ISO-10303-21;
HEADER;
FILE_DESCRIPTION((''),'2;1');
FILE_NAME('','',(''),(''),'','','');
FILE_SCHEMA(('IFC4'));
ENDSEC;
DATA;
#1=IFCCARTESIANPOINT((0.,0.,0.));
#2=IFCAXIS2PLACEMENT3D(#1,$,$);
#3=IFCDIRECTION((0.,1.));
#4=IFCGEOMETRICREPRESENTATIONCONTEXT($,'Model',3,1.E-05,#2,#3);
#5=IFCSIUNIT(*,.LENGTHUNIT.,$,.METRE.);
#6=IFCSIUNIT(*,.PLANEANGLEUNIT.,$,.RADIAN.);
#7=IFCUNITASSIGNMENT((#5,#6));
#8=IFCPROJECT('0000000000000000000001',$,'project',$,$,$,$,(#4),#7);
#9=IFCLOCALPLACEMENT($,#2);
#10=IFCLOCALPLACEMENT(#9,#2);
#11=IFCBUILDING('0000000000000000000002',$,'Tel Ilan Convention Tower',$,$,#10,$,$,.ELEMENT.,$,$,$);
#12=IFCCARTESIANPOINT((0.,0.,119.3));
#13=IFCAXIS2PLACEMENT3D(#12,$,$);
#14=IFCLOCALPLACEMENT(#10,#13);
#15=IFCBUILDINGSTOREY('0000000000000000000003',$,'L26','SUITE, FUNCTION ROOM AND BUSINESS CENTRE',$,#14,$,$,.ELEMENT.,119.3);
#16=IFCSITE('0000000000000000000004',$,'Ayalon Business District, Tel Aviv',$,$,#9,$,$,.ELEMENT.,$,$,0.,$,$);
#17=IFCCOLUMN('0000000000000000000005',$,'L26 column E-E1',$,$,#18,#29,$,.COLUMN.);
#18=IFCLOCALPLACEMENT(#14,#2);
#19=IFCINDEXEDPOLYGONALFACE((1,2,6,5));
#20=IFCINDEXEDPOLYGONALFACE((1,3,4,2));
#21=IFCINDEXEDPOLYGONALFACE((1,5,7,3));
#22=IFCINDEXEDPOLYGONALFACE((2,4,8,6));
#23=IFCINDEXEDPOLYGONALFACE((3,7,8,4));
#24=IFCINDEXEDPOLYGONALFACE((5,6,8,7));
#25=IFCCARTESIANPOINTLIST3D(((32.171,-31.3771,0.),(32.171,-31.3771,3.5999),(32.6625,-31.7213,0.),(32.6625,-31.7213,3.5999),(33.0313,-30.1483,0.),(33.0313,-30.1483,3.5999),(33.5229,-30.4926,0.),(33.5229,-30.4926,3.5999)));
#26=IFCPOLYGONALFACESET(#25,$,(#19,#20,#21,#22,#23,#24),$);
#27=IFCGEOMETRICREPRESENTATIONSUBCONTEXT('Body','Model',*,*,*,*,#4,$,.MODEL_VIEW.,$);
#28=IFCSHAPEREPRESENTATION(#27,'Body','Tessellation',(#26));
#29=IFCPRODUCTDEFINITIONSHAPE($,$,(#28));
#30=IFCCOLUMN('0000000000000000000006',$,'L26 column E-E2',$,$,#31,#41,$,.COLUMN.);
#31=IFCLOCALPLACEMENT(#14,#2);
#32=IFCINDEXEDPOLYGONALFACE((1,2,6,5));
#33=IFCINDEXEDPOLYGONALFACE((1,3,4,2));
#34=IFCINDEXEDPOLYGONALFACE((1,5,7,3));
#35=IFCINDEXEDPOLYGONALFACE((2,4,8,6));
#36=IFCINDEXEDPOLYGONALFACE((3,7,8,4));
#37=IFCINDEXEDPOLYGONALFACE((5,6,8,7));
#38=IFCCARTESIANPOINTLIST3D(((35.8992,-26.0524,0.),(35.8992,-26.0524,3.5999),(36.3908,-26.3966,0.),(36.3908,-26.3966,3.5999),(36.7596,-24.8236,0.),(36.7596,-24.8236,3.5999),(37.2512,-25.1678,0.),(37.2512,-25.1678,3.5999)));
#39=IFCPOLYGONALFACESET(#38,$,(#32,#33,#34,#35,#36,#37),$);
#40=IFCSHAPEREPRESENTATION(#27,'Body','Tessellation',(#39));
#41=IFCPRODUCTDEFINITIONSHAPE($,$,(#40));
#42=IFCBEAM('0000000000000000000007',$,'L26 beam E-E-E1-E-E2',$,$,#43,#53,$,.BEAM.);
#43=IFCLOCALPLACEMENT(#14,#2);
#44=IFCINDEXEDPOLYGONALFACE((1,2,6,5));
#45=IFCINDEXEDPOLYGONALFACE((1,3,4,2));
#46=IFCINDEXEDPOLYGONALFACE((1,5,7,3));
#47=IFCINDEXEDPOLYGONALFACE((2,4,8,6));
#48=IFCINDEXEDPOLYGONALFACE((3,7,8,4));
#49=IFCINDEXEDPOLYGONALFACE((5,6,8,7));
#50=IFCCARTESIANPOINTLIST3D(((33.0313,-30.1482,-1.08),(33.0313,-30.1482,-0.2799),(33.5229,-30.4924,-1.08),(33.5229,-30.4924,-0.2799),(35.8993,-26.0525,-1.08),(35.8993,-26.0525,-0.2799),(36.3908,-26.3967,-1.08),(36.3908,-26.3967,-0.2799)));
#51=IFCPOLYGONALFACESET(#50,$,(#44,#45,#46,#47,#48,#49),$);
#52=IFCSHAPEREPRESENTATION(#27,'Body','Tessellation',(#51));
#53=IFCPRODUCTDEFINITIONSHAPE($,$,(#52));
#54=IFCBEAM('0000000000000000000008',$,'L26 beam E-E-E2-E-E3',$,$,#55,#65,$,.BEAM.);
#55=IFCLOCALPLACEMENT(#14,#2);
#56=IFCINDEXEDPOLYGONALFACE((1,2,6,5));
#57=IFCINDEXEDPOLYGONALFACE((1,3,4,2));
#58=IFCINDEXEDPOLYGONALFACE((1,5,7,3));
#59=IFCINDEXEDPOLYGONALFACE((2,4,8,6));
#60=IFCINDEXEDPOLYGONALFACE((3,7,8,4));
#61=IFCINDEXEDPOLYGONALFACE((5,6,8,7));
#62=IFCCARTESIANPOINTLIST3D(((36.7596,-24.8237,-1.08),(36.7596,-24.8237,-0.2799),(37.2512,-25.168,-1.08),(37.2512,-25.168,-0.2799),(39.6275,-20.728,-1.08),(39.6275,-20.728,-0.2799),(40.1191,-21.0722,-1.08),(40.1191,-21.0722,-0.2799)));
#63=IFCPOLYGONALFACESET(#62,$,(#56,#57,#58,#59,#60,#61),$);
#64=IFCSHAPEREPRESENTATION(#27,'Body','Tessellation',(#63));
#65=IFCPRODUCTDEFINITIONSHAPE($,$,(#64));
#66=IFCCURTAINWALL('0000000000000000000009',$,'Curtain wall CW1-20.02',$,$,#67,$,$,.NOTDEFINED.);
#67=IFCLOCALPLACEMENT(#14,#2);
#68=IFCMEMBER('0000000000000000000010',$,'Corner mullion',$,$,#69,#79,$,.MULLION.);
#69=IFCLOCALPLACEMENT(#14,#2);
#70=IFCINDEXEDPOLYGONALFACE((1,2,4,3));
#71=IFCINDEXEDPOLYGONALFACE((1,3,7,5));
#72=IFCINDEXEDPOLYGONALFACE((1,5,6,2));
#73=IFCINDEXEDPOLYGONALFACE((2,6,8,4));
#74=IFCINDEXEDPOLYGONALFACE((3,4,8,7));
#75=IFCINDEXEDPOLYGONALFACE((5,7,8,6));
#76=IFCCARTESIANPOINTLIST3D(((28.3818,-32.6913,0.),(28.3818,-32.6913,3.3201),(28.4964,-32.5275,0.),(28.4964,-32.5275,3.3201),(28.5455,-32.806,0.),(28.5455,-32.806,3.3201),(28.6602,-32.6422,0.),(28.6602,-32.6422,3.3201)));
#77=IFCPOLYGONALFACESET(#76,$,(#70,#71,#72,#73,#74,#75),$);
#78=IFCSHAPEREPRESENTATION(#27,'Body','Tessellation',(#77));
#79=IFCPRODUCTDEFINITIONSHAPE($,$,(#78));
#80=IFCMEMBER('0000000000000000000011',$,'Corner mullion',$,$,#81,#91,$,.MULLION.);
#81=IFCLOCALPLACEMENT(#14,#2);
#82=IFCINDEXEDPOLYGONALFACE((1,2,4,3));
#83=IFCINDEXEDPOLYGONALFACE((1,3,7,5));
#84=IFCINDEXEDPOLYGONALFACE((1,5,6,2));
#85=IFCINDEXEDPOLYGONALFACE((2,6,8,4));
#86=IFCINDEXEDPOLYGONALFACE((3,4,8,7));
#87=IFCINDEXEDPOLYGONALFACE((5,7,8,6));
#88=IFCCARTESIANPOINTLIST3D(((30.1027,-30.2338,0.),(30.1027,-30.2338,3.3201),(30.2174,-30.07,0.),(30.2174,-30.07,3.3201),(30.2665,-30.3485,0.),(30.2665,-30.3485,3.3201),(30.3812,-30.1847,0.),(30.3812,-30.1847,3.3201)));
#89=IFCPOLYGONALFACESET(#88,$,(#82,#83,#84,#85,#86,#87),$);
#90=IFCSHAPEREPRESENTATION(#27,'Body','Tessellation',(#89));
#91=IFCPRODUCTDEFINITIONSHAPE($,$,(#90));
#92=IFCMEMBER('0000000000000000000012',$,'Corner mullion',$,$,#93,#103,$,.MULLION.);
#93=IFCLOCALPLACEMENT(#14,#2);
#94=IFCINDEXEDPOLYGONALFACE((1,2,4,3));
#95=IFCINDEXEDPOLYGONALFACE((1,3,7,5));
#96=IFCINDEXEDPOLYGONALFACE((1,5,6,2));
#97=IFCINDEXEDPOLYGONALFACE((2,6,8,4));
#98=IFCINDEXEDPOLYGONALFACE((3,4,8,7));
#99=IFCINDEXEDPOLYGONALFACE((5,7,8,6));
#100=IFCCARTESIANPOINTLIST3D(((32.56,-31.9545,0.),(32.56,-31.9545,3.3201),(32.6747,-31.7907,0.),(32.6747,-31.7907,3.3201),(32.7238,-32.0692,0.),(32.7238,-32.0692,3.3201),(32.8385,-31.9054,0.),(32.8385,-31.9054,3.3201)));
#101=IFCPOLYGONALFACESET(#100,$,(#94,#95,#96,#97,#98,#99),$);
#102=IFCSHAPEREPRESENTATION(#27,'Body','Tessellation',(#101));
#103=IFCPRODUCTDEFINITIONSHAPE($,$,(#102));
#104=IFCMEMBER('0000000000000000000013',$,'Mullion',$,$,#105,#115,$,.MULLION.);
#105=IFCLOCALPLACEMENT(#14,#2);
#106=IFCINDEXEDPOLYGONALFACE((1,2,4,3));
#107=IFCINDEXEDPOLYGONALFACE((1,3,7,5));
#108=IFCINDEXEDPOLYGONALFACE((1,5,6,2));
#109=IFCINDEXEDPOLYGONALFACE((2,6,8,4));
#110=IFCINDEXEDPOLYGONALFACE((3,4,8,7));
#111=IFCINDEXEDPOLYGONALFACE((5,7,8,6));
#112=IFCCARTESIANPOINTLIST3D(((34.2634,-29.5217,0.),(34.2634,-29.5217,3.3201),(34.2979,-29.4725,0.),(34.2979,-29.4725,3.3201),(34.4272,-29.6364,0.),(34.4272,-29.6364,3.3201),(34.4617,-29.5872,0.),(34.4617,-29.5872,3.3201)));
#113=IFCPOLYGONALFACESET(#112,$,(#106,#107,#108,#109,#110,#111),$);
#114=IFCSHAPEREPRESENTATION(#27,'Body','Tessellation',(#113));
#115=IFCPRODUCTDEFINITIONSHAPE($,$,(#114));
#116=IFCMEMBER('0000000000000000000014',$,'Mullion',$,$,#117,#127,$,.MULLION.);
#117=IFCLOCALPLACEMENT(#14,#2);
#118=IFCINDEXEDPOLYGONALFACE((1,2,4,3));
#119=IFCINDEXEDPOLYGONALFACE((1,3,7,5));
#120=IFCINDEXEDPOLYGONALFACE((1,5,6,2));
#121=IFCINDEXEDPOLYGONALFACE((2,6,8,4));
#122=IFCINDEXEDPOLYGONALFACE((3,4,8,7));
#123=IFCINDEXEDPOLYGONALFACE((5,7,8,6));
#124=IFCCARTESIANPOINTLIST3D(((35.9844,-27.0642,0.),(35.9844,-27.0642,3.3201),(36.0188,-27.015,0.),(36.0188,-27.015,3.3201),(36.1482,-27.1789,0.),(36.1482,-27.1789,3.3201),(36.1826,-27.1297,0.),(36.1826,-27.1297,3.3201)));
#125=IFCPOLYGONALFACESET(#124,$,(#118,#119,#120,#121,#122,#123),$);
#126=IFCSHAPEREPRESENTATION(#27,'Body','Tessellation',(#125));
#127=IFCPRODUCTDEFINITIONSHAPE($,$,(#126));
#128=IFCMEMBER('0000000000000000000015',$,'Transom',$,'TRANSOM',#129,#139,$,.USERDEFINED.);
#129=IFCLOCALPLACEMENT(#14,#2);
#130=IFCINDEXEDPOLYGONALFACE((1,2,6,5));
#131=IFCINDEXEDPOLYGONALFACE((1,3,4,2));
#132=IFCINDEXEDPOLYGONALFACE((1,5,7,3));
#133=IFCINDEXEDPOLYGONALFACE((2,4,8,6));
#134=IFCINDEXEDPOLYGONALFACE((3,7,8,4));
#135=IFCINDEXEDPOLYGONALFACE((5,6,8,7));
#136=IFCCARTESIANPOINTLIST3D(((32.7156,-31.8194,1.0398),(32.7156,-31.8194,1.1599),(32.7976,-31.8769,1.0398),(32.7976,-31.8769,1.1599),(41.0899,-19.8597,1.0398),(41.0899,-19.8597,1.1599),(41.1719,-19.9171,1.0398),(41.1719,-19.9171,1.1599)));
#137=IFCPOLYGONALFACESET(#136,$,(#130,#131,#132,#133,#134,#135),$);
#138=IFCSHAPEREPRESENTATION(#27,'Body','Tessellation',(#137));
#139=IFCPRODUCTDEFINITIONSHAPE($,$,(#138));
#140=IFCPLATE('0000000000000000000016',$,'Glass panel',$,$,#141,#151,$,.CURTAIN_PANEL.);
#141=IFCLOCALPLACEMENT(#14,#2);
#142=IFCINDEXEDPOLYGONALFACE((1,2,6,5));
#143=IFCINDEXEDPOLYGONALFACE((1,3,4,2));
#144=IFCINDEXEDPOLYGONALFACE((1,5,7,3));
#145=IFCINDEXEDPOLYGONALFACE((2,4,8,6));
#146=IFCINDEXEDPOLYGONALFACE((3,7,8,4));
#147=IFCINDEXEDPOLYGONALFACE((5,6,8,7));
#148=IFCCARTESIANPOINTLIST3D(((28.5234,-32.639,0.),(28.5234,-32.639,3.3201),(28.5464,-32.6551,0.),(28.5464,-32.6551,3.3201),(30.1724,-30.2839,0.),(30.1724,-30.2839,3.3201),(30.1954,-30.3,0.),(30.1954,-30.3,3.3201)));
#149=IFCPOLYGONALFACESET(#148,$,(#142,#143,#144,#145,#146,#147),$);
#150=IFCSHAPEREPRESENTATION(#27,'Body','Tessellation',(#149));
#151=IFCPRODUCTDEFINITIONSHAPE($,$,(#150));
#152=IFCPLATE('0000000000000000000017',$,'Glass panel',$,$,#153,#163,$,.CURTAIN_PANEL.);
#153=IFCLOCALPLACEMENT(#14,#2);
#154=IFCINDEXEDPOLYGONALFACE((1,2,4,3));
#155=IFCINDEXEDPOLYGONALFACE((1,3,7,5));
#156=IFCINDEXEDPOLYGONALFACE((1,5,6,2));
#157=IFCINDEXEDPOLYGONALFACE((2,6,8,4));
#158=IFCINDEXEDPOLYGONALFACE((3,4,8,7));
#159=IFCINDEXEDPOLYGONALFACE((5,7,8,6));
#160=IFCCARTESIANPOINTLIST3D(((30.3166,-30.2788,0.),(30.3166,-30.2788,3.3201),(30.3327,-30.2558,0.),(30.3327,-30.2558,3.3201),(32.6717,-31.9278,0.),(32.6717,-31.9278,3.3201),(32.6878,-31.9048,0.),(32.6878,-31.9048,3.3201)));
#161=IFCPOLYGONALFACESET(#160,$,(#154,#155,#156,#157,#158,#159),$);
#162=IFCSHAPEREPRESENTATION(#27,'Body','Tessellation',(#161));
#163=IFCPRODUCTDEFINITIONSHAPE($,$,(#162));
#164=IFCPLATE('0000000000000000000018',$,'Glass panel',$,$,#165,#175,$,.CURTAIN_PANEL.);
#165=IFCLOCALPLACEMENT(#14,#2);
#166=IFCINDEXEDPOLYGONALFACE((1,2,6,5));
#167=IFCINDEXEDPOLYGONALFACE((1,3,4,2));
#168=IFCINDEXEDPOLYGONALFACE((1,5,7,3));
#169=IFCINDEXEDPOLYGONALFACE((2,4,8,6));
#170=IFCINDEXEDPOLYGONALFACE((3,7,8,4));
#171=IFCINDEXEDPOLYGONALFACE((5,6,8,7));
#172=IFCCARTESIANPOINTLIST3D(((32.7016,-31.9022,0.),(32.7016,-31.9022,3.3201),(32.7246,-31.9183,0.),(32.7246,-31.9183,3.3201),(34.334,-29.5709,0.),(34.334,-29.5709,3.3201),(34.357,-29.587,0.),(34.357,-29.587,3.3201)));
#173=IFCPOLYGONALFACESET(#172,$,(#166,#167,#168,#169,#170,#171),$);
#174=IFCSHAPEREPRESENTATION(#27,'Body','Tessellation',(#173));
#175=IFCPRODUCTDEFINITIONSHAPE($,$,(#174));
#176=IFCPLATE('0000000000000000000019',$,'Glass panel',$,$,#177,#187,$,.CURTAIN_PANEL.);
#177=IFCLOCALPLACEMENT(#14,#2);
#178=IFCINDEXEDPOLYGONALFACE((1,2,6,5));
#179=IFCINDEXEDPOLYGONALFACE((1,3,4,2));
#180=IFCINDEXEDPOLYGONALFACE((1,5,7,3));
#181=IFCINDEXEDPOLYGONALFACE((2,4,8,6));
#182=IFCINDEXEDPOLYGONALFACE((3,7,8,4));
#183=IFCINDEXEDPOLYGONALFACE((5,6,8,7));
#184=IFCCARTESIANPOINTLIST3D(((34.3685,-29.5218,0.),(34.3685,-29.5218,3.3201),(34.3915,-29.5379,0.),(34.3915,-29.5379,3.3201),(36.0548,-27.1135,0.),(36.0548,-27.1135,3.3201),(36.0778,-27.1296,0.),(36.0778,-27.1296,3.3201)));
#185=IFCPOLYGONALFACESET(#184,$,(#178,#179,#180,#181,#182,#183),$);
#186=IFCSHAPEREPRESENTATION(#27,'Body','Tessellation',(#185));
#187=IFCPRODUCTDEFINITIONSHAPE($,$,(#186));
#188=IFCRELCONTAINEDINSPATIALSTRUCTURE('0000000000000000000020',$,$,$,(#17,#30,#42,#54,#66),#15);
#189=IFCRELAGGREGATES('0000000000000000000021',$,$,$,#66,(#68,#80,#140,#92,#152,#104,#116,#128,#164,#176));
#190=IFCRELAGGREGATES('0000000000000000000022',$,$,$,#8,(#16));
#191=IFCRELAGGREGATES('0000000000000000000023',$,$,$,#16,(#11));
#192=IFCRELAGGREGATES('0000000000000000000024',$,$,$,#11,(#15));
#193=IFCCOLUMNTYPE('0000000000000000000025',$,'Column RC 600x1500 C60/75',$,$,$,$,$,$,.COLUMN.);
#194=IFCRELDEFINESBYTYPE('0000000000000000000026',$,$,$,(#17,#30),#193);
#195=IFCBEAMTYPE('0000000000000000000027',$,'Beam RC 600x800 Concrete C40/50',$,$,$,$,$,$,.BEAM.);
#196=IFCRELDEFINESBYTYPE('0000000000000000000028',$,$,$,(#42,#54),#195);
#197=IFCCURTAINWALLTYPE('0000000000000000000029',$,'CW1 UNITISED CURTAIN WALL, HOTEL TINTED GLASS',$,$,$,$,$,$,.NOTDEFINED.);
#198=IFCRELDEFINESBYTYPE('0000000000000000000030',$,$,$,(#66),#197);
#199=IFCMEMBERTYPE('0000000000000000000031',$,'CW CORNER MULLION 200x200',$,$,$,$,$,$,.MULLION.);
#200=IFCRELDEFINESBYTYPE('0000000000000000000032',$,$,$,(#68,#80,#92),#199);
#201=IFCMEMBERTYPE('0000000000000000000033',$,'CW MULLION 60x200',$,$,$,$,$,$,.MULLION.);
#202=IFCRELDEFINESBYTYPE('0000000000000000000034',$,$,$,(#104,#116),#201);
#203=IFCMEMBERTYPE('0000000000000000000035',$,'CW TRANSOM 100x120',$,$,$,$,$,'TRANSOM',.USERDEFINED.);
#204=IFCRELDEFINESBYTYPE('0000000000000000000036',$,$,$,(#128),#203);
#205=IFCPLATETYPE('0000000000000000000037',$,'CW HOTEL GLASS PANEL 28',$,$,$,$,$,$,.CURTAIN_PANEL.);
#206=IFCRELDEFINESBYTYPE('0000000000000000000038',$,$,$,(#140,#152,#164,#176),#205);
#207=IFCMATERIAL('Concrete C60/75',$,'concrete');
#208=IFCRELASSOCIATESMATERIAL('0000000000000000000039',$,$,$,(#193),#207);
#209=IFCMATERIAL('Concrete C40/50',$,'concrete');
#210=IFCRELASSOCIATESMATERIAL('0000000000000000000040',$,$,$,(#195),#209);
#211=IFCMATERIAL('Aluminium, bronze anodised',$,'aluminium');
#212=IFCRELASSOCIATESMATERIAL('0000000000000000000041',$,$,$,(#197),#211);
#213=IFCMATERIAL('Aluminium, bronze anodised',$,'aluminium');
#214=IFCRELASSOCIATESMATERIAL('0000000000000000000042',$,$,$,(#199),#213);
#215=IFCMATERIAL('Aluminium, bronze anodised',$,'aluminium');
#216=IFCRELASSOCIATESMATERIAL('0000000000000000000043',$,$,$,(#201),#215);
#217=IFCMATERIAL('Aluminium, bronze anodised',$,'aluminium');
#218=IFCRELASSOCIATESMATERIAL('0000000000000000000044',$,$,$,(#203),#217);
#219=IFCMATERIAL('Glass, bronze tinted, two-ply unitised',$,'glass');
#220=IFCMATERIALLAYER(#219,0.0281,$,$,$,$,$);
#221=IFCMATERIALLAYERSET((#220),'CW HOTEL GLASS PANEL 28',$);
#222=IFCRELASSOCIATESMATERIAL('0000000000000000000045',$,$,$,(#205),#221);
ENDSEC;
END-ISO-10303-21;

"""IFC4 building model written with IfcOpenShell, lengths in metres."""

from ifc_helpers import new_model, si_unit, direction, frame, origin, origin_2d, place, context, subcontext, project, spatial, rectangle, extrude, material, layer, layer_set, material_profile, profile_set, type_object, element, aggregate, save


model = new_model("IFC4")

# Units and contexts
model_context = context("Model", 3, precision=1e-05, world=origin(), true_north=direction((0.0, 1.0)))
body_context = subcontext(model_context, "Body", "Model", "MODEL_VIEW")
ifc_project = project(units=[si_unit("LENGTHUNIT", "METRE"), si_unit("PLANEANGLEUNIT", "RADIAN")], contexts=[model_context])

# Site, building, storey
site_placement = place(None, origin())
site = spatial("IfcSite", under=ifc_project, at=site_placement, Name="Ayalon Business District, Tel Aviv", CompositionType="ELEMENT", RefElevation=0.0)
building_placement = place(site_placement, origin())
building = spatial("IfcBuilding", under=site, at=building_placement, Name="Tel Ilan Convention Tower", CompositionType="ELEMENT")
storey_placement = place(building_placement, frame((0.0, 0.0, 119.3)))
storey = spatial("IfcBuildingStorey", under=building, at=storey_placement, Name="L26", Description="SUITE, FUNCTION ROOM AND BUSINESS CENTRE", CompositionType="ELEMENT", Elevation=119.3)

# Columns
ifc_material_1 = material(Name="Concrete C60/75", Category="concrete")
ifc_material_profile_1 = material_profile(ifc_material_1, rectangle(XDim=1.5, YDim=0.6001, at=origin_2d()), Name="RC 600x1500")
ifc_profile_set_1 = profile_set([ifc_material_profile_1], Name="Concrete C60/75")
column_type = type_object("IfcColumnType", Name="Column RC 600x1500 C60/75", PredefinedType="COLUMN", material=ifc_profile_set_1)
for number, where, z_axis, x_axis, name in (
    (1, (32.8469, -30.9348, 0.0), (0.0, 0.0, 1.0), (0.573576, 0.819152, 0.0), "L26 column E-E1"),
    (2, (36.5752, -25.6101, 0.0), (0.0, 0.0, 1.0), (0.573576, 0.819152, 0.0), "L26 column E-E2"),
):
    element("IfcColumn", number, at=place(storey_placement, frame(where, z_axis=z_axis, x_axis=x_axis)), inside=storey, type_object=column_type, Name=name, PredefinedType="COLUMN", context=body_context, shape_type="SweptSolid", body=[
        extrude(rectangle(XDim=1.5, YDim=0.6001, at=origin_2d()), origin(), (0.0, 0.0, 1.0), 3.5999),
    ])

# Beams
ifc_material_2 = material(Name="Concrete C40/50", Category="concrete")
ifc_material_profile_2 = material_profile(ifc_material_2, rectangle(XDim=0.6001, YDim=0.8, at=origin_2d()), Name="RC 600x800")
ifc_profile_set_2 = profile_set([ifc_material_profile_2], Name="Concrete C40/50")
beam_type = type_object("IfcBeamType", Name="Beam RC 600x800 Concrete C40/50", PredefinedType="BEAM", material=ifc_profile_set_2)
for number, where, z_axis, x_axis, name in (
    (3, (33.2771, -30.3203, -0.6799), (0.573587, 0.819145, 0.0), (-0.819145, 0.573587, 0.0), "L26 beam E-E-E1-E-E2"),
    (4, (37.0054, -24.9958, -0.6799), (0.573587, 0.819145, 0.0), (-0.819145, 0.573587, 0.0), "L26 beam E-E-E2-E-E3"),
):
    element("IfcBeam", number, at=place(storey_placement, frame(where, z_axis=z_axis, x_axis=x_axis)), inside=storey, type_object=beam_type, Name=name, PredefinedType="BEAM", context=body_context, shape_type="SweptSolid", body=[
        extrude(rectangle(XDim=0.6001, YDim=0.8, at=origin_2d()), origin(), (0.0, 0.0, 1.0), 5.0),
    ])

# Curtain wall, members, plates
ifc_material_3 = material(Name="Aluminium, bronze anodised", Category="aluminium")
curtain_wall_type = type_object("IfcCurtainWallType", Name="CW1 UNITISED CURTAIN WALL, HOTEL TINTED GLASS", PredefinedType="NOTDEFINED", material=ifc_material_3)
curtain_wall_placement = place(storey_placement, origin())
curtain_wall = element("IfcCurtainWall", 5, at=curtain_wall_placement, inside=storey, type_object=curtain_wall_type, Name="Curtain wall CW1-20.02", PredefinedType="NOTDEFINED")
ifc_material_4 = material(Name="Aluminium, bronze anodised", Category="aluminium")
ifc_material_profile_3 = material_profile(ifc_material_4, rectangle(XDim=0.2, YDim=0.2, at=origin_2d()), Name="CW CORNER MULLION 200x200")
ifc_profile_set_3 = profile_set([ifc_material_profile_3], Name="Aluminium, bronze anodised")
member_type_1 = type_object("IfcMemberType", Name="CW CORNER MULLION 200x200", PredefinedType="MULLION", material=ifc_profile_set_3)
member_1_placement = place(storey_placement, frame((28.521, -32.6667, 0.0), z_axis=(0.0, 0.0, 1.0), x_axis=(0.819152, -0.573576, 0.0)))
member_1 = element("IfcMember", 6, at=member_1_placement, type_object=member_type_1, Name="Corner mullion", PredefinedType="MULLION", context=body_context, shape_type="SweptSolid", body=[
    extrude(rectangle(XDim=0.2, YDim=0.2, at=origin_2d()), origin(), (0.0, 0.0, 1.0), 3.3201),
])
member_2_placement = place(storey_placement, frame((30.2419, -30.2092, 0.0), z_axis=(0.0, 0.0, 1.0), x_axis=(0.573576, 0.819152, 0.0)))
member_2 = element("IfcMember", 7, at=member_2_placement, type_object=member_type_1, Name="Corner mullion", PredefinedType="MULLION", context=body_context, shape_type="SweptSolid", body=[
    extrude(rectangle(XDim=0.2, YDim=0.2, at=origin_2d()), origin(), (0.0, 0.0, 1.0), 3.3201),
])
member_3_placement = place(storey_placement, frame((32.6992, -31.9299, 0.0), z_axis=(0.0, 0.0, 1.0), x_axis=(0.819152, -0.573576, 0.0)))
member_3 = element("IfcMember", 8, at=member_3_placement, type_object=member_type_1, Name="Corner mullion", PredefinedType="MULLION", context=body_context, shape_type="SweptSolid", body=[
    extrude(rectangle(XDim=0.2, YDim=0.2, at=origin_2d()), origin(), (0.0, 0.0, 1.0), 3.3201),
])
ifc_material_5 = material(Name="Aluminium, bronze anodised", Category="aluminium")
ifc_material_profile_4 = material_profile(ifc_material_5, rectangle(XDim=0.0601, YDim=0.2, at=origin_2d()), Name="CW MULLION 60x200")
ifc_profile_set_4 = profile_set([ifc_material_profile_4], Name="Aluminium, bronze anodised")
member_type_2 = type_object("IfcMemberType", Name="CW MULLION 60x200", PredefinedType="MULLION", material=ifc_profile_set_4)
member_4_placement = place(storey_placement, frame((34.3625, -29.5544, 0.0), z_axis=(0.0, 0.0, 1.0), x_axis=(0.573576, 0.819152, 0.0)))
member_4 = element("IfcMember", 9, at=member_4_placement, type_object=member_type_2, Name="Mullion", PredefinedType="MULLION", context=body_context, shape_type="SweptSolid", body=[
    extrude(rectangle(XDim=0.0601, YDim=0.2, at=origin_2d()), origin(), (0.0, 0.0, 1.0), 3.3201),
])
member_5_placement = place(storey_placement, frame((36.0835, -27.0969, 0.0), z_axis=(0.0, 0.0, 1.0), x_axis=(0.573576, 0.819152, 0.0)))
member_5 = element("IfcMember", 10, at=member_5_placement, type_object=member_type_2, Name="Mullion", PredefinedType="MULLION", context=body_context, shape_type="SweptSolid", body=[
    extrude(rectangle(XDim=0.0601, YDim=0.2, at=origin_2d()), origin(), (0.0, 0.0, 1.0), 3.3201),
])
ifc_material_6 = material(Name="Aluminium, bronze anodised", Category="aluminium")
ifc_material_profile_5 = material_profile(ifc_material_6, rectangle(XDim=0.1001, YDim=0.1201, at=origin_2d()), Name="CW TRANSOM 100x120")
ifc_profile_set_5 = profile_set([ifc_material_profile_5], Name="Aluminium, bronze anodised")
member_type_3 = type_object("IfcMemberType", Name="CW TRANSOM 100x120", ElementType="TRANSOM", PredefinedType="USERDEFINED", material=ifc_profile_set_5)
member_6_placement = place(storey_placement, frame((32.7566, -31.8481, 1.0999), z_axis=(0.573576, 0.819153, 0.0), x_axis=(-0.819153, 0.573576, 0.0)))
member_6 = element("IfcMember", 11, at=member_6_placement, type_object=member_type_3, Name="Transom", ObjectType="TRANSOM", PredefinedType="USERDEFINED", context=body_context, shape_type="SweptSolid", body=[
    extrude(rectangle(XDim=0.1001, YDim=0.1201, at=origin_2d()), origin(), (0.0, 0.0, 1.0), 14.6001),
])
ifc_material_7 = material(Name="Glass, bronze tinted, two-ply unitised", Category="glass")
ifc_layer_1 = layer(ifc_material_7, 0.0281)
ifc_layer_set_1 = layer_set([ifc_layer_1], Name="CW HOTEL GLASS PANEL 28")
plate_type = type_object("IfcPlateType", Name="CW HOTEL GLASS PANEL 28", PredefinedType="CURTAIN_PANEL", material=ifc_layer_set_1)
plate_1_placement = place(storey_placement, frame((29.3594, -31.4695, 0.0), z_axis=(0.0, 0.0, 1.0), x_axis=(0.573576, 0.819152, 0.0)))
plate_1 = element("IfcPlate", 12, at=plate_1_placement, type_object=plate_type, Name="Glass panel", PredefinedType="CURTAIN_PANEL", context=body_context, shape_type="SweptSolid", body=[
    extrude(rectangle(XDim=2.875, YDim=0.0281, at=origin_2d()), origin(), (0.0, 0.0, 1.0), 3.3201),
])
plate_2_placement = place(storey_placement, frame((31.5022, -31.0918, 0.0), z_axis=(0.0, 0.0, 1.0), x_axis=(0.819152, -0.573576, 0.0)))
plate_2 = element("IfcPlate", 13, at=plate_2_placement, type_object=plate_type, Name="Glass panel", PredefinedType="CURTAIN_PANEL", context=body_context, shape_type="SweptSolid", body=[
    extrude(rectangle(XDim=2.875, YDim=0.0281, at=origin_2d()), origin(), (0.0, 0.0, 1.0), 3.3201),
])
plate_3_placement = place(storey_placement, frame((33.5293, -30.7446, 0.0), z_axis=(0.0, 0.0, 1.0), x_axis=(0.573576, 0.819152, 0.0)))
plate_3 = element("IfcPlate", 14, at=plate_3_placement, type_object=plate_type, Name="Glass panel", PredefinedType="CURTAIN_PANEL", context=body_context, shape_type="SweptSolid", body=[
    extrude(rectangle(XDim=2.8459, YDim=0.0281, at=origin_2d()), origin(), (0.0, 0.0, 1.0), 3.3201),
])
plate_4_placement = place(storey_placement, frame((35.2231, -28.3257, 0.0), z_axis=(0.0, 0.0, 1.0), x_axis=(0.573576, 0.819152, 0.0)))
plate_4 = element("IfcPlate", 15, at=plate_4_placement, type_object=plate_type, Name="Glass panel", PredefinedType="CURTAIN_PANEL", context=body_context, shape_type="SweptSolid", body=[
    extrude(rectangle(XDim=2.9399, YDim=0.0281, at=origin_2d()), origin(), (0.0, 0.0, 1.0), 3.3201),
])
aggregate(curtain_wall, [member_1, member_2, plate_1, member_3, plate_2, member_4, member_5, member_6, plate_3, plate_4])

save(model, "model.ifc")
